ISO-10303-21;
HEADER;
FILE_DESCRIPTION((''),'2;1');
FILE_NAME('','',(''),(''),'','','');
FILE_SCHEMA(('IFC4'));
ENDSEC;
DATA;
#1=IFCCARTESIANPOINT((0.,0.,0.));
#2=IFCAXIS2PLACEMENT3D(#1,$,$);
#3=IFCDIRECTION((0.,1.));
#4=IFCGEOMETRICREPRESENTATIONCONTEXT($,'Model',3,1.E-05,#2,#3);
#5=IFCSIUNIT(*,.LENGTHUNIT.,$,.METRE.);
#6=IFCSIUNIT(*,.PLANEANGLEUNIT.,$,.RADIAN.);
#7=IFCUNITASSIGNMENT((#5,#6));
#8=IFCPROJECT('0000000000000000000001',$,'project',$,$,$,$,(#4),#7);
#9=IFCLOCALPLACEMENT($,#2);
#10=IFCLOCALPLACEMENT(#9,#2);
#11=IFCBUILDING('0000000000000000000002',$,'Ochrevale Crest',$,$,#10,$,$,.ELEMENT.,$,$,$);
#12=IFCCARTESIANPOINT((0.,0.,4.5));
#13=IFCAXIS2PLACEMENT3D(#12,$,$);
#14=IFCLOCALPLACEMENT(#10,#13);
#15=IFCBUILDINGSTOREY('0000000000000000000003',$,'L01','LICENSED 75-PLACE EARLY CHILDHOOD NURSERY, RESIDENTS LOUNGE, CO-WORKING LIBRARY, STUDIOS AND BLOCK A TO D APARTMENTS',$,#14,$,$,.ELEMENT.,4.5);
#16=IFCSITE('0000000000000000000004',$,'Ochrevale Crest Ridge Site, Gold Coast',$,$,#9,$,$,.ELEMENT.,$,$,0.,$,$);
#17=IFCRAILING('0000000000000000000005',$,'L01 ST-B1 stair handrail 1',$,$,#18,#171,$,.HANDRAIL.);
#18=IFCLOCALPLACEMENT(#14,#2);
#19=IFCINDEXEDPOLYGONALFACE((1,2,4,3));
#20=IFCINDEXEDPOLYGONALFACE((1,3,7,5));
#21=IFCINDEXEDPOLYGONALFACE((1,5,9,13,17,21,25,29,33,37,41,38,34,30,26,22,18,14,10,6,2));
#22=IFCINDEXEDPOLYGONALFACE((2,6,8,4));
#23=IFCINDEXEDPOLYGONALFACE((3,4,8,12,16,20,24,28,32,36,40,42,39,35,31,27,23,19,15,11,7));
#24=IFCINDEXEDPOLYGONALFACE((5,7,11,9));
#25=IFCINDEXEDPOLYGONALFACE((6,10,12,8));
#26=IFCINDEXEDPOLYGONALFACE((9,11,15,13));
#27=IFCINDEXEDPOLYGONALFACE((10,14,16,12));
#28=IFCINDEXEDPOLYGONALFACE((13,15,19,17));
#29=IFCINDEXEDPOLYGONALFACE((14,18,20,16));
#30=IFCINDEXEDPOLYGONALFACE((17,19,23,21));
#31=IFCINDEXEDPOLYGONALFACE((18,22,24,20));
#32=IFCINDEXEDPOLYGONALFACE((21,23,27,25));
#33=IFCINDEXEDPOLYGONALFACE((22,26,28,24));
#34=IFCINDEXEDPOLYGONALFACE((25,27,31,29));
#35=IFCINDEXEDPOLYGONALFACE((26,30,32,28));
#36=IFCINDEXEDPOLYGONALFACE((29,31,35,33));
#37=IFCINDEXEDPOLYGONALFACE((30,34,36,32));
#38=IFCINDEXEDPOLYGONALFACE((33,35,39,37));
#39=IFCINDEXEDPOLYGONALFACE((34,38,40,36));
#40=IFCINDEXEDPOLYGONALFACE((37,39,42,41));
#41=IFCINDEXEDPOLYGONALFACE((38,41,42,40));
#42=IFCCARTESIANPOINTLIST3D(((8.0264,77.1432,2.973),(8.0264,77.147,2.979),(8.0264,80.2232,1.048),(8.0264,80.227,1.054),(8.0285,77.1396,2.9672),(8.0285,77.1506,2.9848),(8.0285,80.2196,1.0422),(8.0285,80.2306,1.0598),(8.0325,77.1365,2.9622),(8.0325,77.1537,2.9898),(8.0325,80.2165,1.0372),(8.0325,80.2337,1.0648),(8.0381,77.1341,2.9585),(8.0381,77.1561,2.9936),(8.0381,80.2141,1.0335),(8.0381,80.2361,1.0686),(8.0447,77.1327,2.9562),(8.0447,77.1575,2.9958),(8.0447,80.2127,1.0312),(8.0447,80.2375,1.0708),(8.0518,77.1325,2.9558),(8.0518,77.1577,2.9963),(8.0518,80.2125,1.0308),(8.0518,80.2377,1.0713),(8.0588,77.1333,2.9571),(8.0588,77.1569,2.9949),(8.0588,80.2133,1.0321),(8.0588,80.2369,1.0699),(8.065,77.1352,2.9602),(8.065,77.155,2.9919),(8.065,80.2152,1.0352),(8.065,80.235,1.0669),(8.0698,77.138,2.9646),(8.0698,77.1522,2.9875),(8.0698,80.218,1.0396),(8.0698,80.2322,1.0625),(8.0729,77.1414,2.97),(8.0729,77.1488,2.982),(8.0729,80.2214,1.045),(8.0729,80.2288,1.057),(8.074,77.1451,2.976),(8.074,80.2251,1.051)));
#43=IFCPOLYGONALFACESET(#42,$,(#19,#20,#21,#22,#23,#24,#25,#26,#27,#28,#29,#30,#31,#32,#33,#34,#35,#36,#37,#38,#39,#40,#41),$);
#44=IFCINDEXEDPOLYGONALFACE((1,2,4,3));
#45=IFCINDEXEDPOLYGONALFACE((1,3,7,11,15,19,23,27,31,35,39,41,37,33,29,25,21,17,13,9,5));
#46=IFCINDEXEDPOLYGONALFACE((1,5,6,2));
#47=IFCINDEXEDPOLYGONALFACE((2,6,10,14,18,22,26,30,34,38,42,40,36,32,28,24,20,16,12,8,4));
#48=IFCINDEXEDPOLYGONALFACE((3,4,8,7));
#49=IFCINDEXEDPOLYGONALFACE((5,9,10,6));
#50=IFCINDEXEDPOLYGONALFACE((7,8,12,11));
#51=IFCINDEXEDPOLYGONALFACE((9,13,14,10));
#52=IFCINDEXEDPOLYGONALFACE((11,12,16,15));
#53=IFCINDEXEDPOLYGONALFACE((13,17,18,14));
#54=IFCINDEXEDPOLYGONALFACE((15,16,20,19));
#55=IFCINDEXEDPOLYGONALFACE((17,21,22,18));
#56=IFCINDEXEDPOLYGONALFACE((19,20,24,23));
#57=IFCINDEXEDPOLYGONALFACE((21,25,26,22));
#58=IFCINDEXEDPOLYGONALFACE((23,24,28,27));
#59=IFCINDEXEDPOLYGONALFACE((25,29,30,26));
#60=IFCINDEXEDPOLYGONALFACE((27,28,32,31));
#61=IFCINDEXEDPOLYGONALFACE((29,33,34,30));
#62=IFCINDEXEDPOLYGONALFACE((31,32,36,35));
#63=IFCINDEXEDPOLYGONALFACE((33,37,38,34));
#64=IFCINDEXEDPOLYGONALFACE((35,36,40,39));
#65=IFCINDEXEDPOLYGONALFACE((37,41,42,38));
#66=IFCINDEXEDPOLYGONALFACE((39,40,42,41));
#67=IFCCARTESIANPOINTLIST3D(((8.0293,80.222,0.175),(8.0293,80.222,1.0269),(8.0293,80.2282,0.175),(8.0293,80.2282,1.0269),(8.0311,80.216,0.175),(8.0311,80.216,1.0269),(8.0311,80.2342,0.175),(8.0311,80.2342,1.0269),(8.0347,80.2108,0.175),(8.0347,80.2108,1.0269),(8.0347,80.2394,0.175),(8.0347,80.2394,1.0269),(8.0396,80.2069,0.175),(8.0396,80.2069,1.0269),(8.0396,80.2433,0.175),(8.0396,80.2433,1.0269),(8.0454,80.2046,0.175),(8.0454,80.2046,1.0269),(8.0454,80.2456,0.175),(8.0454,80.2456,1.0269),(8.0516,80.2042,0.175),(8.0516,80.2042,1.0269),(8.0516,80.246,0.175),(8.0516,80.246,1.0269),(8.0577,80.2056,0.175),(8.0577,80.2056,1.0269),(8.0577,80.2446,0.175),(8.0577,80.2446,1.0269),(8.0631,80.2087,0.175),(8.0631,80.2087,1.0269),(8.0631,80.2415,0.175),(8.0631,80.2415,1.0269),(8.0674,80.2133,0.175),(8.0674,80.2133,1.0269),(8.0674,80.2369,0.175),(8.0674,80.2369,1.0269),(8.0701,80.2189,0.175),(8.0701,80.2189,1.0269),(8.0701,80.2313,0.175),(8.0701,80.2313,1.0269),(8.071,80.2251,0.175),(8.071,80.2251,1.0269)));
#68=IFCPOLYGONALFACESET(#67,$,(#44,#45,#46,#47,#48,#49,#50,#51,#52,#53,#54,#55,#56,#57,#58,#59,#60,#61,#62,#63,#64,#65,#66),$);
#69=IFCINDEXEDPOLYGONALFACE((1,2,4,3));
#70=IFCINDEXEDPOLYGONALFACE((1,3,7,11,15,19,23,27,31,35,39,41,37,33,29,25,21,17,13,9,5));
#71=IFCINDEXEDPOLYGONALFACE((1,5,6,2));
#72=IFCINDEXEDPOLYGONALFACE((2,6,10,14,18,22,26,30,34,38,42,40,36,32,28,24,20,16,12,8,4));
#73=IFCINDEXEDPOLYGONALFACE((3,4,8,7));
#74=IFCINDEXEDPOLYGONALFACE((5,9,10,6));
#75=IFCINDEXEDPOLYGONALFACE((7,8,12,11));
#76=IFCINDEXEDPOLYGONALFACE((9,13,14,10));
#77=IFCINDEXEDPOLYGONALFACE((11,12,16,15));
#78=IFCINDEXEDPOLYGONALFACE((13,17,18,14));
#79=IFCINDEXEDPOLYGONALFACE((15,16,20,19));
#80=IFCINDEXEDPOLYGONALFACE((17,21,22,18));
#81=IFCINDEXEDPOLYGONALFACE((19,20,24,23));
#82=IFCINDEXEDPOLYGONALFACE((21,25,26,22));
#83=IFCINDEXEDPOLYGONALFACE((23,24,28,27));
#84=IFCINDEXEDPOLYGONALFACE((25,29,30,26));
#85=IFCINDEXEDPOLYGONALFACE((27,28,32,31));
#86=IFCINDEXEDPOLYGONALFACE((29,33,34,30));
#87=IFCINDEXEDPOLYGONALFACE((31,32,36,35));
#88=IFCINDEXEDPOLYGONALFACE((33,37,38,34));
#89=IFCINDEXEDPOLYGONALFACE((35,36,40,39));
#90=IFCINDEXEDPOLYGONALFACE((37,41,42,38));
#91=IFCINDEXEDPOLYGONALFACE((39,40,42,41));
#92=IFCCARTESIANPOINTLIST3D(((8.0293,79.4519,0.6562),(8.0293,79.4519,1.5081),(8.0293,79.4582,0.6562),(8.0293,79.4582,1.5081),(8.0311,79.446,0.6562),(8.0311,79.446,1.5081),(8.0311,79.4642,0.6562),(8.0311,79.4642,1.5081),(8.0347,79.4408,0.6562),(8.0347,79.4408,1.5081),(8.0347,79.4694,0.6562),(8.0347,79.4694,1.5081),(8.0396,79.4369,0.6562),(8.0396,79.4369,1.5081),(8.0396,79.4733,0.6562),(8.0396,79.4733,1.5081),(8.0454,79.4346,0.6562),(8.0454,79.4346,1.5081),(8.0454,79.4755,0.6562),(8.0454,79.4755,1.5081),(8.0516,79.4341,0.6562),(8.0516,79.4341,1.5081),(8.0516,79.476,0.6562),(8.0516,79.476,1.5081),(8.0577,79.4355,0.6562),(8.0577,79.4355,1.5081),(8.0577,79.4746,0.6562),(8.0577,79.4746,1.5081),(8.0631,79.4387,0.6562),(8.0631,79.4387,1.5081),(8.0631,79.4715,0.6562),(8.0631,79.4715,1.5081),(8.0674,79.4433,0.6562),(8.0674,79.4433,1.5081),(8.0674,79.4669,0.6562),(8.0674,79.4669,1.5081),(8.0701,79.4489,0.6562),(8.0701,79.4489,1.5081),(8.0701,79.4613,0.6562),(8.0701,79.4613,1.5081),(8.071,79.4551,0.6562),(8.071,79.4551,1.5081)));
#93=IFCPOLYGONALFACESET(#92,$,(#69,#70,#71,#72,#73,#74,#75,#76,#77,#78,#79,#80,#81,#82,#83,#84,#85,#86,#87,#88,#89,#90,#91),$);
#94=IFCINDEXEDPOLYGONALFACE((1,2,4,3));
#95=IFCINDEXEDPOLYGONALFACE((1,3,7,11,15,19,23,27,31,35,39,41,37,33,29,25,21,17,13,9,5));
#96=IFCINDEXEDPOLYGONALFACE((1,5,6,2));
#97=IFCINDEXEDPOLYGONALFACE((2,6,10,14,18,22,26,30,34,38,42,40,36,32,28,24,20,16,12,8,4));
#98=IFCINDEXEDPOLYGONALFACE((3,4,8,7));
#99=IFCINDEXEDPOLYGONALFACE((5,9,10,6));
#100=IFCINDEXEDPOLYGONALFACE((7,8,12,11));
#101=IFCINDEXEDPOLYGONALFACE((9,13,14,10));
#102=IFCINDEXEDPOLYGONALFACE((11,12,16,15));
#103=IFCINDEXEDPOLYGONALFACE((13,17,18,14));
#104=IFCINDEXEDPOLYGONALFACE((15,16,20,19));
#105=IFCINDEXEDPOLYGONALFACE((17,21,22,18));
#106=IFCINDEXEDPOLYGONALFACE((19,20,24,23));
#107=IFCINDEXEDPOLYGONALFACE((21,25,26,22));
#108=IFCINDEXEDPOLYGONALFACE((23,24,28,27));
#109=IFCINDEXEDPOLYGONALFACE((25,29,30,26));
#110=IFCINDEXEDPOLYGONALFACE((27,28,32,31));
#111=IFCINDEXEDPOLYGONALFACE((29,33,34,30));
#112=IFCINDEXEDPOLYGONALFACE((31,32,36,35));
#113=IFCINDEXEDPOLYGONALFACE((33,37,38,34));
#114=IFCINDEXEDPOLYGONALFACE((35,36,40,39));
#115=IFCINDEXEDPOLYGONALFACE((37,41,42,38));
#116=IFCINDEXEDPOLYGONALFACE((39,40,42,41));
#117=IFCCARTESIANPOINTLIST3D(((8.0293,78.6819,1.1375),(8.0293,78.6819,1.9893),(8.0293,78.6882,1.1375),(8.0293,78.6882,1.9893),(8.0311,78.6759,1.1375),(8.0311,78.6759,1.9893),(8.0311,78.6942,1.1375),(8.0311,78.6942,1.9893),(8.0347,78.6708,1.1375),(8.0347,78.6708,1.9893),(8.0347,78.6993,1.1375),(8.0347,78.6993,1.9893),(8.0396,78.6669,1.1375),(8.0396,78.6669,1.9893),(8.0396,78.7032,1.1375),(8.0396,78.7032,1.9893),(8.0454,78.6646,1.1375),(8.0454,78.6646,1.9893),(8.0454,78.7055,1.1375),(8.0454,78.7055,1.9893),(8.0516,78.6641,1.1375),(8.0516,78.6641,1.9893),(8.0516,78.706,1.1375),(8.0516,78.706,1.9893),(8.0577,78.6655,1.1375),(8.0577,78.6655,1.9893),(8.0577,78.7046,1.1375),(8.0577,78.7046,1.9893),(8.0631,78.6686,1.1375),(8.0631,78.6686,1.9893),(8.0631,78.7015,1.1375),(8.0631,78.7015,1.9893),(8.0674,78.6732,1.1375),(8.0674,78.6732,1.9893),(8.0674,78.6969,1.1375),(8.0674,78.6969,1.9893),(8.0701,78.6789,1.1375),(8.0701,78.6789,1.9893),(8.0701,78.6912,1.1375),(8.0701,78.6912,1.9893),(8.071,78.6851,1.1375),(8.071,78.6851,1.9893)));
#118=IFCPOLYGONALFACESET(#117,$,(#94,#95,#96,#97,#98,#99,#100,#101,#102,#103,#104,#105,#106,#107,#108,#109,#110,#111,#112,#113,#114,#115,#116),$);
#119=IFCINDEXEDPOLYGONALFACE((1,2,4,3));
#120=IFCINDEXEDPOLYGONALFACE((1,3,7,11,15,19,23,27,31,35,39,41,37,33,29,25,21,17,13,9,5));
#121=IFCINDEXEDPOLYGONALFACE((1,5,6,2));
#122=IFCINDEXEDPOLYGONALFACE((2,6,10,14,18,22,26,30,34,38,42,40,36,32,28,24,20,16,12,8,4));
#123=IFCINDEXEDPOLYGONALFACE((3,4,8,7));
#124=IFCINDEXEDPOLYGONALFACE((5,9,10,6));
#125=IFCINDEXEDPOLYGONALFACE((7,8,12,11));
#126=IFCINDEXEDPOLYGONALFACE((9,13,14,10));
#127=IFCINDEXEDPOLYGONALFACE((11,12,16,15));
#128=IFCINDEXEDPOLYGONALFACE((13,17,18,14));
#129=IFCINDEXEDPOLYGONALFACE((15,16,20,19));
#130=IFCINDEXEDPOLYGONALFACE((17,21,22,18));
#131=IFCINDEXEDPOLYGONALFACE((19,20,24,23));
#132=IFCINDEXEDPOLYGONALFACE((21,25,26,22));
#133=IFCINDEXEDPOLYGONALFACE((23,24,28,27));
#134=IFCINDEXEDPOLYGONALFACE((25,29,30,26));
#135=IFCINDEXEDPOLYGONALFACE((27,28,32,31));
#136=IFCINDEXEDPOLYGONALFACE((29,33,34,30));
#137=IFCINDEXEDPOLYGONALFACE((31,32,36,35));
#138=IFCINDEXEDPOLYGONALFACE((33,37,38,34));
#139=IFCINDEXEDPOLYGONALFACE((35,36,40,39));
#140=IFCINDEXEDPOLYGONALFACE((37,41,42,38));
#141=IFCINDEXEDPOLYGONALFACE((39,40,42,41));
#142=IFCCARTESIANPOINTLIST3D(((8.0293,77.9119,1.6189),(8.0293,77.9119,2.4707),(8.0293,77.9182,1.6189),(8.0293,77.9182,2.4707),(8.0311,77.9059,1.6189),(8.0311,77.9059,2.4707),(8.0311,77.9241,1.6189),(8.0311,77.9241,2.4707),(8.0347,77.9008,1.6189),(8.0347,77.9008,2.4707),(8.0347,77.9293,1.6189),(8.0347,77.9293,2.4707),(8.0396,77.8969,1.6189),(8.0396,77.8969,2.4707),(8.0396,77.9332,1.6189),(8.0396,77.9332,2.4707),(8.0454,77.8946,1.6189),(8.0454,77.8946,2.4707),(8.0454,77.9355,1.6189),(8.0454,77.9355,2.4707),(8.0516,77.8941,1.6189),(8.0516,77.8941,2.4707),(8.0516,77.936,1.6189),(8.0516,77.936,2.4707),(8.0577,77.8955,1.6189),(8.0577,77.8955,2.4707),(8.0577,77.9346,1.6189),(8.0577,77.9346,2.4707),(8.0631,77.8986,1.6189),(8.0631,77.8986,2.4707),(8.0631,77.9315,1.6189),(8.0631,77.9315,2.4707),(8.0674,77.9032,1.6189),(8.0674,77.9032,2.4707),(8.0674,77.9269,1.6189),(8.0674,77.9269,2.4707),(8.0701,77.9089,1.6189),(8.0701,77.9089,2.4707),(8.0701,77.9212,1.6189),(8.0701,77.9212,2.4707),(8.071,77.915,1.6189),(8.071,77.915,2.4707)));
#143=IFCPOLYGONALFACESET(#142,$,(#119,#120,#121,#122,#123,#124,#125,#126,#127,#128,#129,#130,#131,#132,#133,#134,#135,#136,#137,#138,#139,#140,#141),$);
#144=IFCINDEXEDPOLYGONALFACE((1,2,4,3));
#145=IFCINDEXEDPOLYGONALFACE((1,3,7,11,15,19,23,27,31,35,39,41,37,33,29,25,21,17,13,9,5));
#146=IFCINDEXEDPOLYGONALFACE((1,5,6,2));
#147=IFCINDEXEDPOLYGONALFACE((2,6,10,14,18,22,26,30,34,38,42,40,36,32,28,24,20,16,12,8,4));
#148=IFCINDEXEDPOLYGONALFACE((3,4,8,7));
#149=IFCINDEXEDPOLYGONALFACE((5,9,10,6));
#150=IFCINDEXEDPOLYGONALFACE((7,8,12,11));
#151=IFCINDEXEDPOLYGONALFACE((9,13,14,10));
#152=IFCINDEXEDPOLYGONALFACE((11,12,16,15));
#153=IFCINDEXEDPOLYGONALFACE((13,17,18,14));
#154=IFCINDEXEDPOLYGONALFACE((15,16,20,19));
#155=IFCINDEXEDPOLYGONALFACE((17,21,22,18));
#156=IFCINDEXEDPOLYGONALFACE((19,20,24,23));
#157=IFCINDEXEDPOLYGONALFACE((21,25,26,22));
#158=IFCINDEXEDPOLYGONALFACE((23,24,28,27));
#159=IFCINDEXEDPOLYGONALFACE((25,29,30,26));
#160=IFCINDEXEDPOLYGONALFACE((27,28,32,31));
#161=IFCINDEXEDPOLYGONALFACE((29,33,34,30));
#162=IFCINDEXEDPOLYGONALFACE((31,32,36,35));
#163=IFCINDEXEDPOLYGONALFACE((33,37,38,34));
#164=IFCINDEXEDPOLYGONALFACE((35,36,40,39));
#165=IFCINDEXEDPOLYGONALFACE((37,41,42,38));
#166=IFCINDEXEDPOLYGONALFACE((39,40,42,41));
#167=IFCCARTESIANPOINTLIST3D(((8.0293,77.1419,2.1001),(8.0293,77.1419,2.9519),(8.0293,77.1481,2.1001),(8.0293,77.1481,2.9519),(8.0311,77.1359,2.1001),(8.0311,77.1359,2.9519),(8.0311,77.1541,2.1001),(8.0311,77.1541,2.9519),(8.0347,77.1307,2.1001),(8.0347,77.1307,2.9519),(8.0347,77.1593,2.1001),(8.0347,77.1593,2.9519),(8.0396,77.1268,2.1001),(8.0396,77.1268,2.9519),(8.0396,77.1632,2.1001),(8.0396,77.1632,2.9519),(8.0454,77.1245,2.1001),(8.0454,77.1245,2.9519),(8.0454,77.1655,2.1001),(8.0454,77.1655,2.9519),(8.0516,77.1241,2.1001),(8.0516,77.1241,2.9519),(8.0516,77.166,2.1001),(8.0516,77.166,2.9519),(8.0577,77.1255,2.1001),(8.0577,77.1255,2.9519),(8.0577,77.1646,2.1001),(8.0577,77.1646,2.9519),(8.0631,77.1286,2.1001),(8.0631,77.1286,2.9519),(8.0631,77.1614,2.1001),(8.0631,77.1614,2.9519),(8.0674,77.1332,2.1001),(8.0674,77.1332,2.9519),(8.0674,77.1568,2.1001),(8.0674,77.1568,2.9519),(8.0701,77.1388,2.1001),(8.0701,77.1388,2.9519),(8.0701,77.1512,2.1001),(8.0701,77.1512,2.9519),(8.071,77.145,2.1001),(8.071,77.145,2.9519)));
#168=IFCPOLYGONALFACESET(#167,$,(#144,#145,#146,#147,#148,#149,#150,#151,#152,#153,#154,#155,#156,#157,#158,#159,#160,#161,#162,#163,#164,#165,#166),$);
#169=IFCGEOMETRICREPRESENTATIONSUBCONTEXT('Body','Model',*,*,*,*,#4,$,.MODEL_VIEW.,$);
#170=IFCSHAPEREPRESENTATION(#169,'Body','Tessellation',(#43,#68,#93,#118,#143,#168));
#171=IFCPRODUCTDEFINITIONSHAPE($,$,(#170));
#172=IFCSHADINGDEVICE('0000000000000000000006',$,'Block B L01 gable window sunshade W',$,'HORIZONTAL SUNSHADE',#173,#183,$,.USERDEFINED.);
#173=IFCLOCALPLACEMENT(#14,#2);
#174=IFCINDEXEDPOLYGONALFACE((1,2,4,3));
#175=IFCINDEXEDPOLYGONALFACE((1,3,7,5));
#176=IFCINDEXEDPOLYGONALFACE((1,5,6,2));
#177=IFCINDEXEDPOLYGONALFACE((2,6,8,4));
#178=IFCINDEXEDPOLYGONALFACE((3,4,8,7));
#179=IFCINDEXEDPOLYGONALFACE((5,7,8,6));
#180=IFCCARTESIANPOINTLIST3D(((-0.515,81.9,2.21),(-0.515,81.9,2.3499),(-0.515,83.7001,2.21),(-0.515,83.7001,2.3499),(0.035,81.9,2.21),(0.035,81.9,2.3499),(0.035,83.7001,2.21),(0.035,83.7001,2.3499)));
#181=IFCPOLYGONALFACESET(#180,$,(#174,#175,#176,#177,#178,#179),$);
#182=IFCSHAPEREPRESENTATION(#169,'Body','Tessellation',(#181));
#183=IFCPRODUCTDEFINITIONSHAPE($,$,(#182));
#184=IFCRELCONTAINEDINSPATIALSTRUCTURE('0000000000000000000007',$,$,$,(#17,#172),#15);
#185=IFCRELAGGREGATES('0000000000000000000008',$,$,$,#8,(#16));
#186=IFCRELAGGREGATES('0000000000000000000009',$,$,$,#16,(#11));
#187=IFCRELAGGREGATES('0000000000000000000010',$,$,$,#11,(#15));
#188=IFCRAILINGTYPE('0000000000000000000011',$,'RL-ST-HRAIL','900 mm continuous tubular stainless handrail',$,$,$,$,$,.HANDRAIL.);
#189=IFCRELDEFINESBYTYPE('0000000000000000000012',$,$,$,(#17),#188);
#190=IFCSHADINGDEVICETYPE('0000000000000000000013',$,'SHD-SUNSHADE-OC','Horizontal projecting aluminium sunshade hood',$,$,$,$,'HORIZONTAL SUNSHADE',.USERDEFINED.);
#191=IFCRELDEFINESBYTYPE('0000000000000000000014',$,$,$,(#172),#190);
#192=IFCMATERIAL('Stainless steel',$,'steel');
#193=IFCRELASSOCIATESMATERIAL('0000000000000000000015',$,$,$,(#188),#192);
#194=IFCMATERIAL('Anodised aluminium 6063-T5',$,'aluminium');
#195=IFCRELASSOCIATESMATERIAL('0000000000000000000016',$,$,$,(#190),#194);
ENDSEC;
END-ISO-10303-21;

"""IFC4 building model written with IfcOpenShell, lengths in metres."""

from ifc_helpers import new_model, si_unit, direction, frame, origin, origin_2d, place, context, subcontext, project, spatial, rectangle, circle, extrude, material, type_object, element, save


model = new_model("IFC4")

# Units and contexts
model_context = context("Model", 3, precision=1e-05, world=origin(), true_north=direction((0.0, 1.0)))
body_context = subcontext(model_context, "Body", "Model", "MODEL_VIEW")
ifc_project = project(units=[si_unit("LENGTHUNIT", "METRE"), si_unit("PLANEANGLEUNIT", "RADIAN")], contexts=[model_context])

# Site, building, storey
site_placement = place(None, origin())
site = spatial("IfcSite", under=ifc_project, at=site_placement, Name="Ochrevale Crest Ridge Site, Gold Coast", CompositionType="ELEMENT", RefElevation=0.0)
building_placement = place(site_placement, origin())
building = spatial("IfcBuilding", under=site, at=building_placement, Name="Ochrevale Crest", CompositionType="ELEMENT")
storey_placement = place(building_placement, frame((0.0, 0.0, 4.5)))
storey = spatial("IfcBuildingStorey", under=building, at=storey_placement, Name="L01", Description="LICENSED 75-PLACE EARLY CHILDHOOD NURSERY, RESIDENTS LOUNGE, CO-WORKING LIBRARY, STUDIOS AND BLOCK A TO D APARTMENTS", CompositionType="ELEMENT", Elevation=4.5)

# Railing
ifc_material_1 = material(Name="Stainless steel", Category="steel")
railing_type_1 = type_object("IfcRailingType", Name="RL-ST-HRAIL", Description="900 mm continuous tubular stainless handrail", PredefinedType="HANDRAIL", material=ifc_material_1)
railing_1_placement = place(storey_placement, frame((8.05, 80.2251, 0.175)))
element("IfcRailing", 1, at=railing_1_placement, inside=storey, type_object=railing_type_1, Name="L01 ST-B1 stair handrail 1", PredefinedType="HANDRAIL", context=body_context, shape_type="SweptSolid", body=[
    extrude(circle(Radius=0.0239, at=origin_2d()), frame((0.0, 0.0, 0.876), z_axis=(0.0, -0.847998, 0.529999), x_axis=(1.0, 0.0, 0.0)), (0.0, 0.0, 1.0), 3.6321),
    extrude(circle(Radius=0.021, at=origin_2d()), origin(), (0.0, 0.0, 1.0), 0.8518),
    extrude(circle(Radius=0.021, at=origin_2d()), frame((0.0, -0.77, 0.4812)), (0.0, 0.0, 1.0), 0.8518),
    extrude(circle(Radius=0.021, at=origin_2d()), frame((0.0, -1.54, 0.9624)), (0.0, 0.0, 1.0), 0.8518),
    extrude(circle(Radius=0.021, at=origin_2d()), frame((0.0, -2.3101, 1.4438)), (0.0, 0.0, 1.0), 0.8518),
    extrude(circle(Radius=0.021, at=origin_2d()), frame((0.0, -3.0801, 1.925)), (0.0, 0.0, 1.0), 0.8518),
])

# Shading device
ifc_material_2 = material(Name="Anodised aluminium 6063-T5", Category="aluminium")
shading_device_type = type_object("IfcShadingDeviceType", Name="SHD-SUNSHADE-OC", Description="Horizontal projecting aluminium sunshade hood", ElementType="HORIZONTAL SUNSHADE", PredefinedType="USERDEFINED", material=ifc_material_2)
shading_device_placement = place(storey_placement, frame((-0.24, 82.8, 2.21), z_axis=(0.0, 0.0, 1.0), x_axis=(1.0, 0.0, 0.0)))
element("IfcShadingDevice", 2, at=shading_device_placement, inside=storey, type_object=shading_device_type, Name="Block B L01 gable window sunshade W", ObjectType="HORIZONTAL SUNSHADE", PredefinedType="USERDEFINED", context=body_context, shape_type="SweptSolid", body=[
    extrude(rectangle(XDim=0.55, YDim=1.8, at=origin_2d()), origin(), (0.0, 0.0, 1.0), 0.1399),
])

save(model, "model.ifc")
